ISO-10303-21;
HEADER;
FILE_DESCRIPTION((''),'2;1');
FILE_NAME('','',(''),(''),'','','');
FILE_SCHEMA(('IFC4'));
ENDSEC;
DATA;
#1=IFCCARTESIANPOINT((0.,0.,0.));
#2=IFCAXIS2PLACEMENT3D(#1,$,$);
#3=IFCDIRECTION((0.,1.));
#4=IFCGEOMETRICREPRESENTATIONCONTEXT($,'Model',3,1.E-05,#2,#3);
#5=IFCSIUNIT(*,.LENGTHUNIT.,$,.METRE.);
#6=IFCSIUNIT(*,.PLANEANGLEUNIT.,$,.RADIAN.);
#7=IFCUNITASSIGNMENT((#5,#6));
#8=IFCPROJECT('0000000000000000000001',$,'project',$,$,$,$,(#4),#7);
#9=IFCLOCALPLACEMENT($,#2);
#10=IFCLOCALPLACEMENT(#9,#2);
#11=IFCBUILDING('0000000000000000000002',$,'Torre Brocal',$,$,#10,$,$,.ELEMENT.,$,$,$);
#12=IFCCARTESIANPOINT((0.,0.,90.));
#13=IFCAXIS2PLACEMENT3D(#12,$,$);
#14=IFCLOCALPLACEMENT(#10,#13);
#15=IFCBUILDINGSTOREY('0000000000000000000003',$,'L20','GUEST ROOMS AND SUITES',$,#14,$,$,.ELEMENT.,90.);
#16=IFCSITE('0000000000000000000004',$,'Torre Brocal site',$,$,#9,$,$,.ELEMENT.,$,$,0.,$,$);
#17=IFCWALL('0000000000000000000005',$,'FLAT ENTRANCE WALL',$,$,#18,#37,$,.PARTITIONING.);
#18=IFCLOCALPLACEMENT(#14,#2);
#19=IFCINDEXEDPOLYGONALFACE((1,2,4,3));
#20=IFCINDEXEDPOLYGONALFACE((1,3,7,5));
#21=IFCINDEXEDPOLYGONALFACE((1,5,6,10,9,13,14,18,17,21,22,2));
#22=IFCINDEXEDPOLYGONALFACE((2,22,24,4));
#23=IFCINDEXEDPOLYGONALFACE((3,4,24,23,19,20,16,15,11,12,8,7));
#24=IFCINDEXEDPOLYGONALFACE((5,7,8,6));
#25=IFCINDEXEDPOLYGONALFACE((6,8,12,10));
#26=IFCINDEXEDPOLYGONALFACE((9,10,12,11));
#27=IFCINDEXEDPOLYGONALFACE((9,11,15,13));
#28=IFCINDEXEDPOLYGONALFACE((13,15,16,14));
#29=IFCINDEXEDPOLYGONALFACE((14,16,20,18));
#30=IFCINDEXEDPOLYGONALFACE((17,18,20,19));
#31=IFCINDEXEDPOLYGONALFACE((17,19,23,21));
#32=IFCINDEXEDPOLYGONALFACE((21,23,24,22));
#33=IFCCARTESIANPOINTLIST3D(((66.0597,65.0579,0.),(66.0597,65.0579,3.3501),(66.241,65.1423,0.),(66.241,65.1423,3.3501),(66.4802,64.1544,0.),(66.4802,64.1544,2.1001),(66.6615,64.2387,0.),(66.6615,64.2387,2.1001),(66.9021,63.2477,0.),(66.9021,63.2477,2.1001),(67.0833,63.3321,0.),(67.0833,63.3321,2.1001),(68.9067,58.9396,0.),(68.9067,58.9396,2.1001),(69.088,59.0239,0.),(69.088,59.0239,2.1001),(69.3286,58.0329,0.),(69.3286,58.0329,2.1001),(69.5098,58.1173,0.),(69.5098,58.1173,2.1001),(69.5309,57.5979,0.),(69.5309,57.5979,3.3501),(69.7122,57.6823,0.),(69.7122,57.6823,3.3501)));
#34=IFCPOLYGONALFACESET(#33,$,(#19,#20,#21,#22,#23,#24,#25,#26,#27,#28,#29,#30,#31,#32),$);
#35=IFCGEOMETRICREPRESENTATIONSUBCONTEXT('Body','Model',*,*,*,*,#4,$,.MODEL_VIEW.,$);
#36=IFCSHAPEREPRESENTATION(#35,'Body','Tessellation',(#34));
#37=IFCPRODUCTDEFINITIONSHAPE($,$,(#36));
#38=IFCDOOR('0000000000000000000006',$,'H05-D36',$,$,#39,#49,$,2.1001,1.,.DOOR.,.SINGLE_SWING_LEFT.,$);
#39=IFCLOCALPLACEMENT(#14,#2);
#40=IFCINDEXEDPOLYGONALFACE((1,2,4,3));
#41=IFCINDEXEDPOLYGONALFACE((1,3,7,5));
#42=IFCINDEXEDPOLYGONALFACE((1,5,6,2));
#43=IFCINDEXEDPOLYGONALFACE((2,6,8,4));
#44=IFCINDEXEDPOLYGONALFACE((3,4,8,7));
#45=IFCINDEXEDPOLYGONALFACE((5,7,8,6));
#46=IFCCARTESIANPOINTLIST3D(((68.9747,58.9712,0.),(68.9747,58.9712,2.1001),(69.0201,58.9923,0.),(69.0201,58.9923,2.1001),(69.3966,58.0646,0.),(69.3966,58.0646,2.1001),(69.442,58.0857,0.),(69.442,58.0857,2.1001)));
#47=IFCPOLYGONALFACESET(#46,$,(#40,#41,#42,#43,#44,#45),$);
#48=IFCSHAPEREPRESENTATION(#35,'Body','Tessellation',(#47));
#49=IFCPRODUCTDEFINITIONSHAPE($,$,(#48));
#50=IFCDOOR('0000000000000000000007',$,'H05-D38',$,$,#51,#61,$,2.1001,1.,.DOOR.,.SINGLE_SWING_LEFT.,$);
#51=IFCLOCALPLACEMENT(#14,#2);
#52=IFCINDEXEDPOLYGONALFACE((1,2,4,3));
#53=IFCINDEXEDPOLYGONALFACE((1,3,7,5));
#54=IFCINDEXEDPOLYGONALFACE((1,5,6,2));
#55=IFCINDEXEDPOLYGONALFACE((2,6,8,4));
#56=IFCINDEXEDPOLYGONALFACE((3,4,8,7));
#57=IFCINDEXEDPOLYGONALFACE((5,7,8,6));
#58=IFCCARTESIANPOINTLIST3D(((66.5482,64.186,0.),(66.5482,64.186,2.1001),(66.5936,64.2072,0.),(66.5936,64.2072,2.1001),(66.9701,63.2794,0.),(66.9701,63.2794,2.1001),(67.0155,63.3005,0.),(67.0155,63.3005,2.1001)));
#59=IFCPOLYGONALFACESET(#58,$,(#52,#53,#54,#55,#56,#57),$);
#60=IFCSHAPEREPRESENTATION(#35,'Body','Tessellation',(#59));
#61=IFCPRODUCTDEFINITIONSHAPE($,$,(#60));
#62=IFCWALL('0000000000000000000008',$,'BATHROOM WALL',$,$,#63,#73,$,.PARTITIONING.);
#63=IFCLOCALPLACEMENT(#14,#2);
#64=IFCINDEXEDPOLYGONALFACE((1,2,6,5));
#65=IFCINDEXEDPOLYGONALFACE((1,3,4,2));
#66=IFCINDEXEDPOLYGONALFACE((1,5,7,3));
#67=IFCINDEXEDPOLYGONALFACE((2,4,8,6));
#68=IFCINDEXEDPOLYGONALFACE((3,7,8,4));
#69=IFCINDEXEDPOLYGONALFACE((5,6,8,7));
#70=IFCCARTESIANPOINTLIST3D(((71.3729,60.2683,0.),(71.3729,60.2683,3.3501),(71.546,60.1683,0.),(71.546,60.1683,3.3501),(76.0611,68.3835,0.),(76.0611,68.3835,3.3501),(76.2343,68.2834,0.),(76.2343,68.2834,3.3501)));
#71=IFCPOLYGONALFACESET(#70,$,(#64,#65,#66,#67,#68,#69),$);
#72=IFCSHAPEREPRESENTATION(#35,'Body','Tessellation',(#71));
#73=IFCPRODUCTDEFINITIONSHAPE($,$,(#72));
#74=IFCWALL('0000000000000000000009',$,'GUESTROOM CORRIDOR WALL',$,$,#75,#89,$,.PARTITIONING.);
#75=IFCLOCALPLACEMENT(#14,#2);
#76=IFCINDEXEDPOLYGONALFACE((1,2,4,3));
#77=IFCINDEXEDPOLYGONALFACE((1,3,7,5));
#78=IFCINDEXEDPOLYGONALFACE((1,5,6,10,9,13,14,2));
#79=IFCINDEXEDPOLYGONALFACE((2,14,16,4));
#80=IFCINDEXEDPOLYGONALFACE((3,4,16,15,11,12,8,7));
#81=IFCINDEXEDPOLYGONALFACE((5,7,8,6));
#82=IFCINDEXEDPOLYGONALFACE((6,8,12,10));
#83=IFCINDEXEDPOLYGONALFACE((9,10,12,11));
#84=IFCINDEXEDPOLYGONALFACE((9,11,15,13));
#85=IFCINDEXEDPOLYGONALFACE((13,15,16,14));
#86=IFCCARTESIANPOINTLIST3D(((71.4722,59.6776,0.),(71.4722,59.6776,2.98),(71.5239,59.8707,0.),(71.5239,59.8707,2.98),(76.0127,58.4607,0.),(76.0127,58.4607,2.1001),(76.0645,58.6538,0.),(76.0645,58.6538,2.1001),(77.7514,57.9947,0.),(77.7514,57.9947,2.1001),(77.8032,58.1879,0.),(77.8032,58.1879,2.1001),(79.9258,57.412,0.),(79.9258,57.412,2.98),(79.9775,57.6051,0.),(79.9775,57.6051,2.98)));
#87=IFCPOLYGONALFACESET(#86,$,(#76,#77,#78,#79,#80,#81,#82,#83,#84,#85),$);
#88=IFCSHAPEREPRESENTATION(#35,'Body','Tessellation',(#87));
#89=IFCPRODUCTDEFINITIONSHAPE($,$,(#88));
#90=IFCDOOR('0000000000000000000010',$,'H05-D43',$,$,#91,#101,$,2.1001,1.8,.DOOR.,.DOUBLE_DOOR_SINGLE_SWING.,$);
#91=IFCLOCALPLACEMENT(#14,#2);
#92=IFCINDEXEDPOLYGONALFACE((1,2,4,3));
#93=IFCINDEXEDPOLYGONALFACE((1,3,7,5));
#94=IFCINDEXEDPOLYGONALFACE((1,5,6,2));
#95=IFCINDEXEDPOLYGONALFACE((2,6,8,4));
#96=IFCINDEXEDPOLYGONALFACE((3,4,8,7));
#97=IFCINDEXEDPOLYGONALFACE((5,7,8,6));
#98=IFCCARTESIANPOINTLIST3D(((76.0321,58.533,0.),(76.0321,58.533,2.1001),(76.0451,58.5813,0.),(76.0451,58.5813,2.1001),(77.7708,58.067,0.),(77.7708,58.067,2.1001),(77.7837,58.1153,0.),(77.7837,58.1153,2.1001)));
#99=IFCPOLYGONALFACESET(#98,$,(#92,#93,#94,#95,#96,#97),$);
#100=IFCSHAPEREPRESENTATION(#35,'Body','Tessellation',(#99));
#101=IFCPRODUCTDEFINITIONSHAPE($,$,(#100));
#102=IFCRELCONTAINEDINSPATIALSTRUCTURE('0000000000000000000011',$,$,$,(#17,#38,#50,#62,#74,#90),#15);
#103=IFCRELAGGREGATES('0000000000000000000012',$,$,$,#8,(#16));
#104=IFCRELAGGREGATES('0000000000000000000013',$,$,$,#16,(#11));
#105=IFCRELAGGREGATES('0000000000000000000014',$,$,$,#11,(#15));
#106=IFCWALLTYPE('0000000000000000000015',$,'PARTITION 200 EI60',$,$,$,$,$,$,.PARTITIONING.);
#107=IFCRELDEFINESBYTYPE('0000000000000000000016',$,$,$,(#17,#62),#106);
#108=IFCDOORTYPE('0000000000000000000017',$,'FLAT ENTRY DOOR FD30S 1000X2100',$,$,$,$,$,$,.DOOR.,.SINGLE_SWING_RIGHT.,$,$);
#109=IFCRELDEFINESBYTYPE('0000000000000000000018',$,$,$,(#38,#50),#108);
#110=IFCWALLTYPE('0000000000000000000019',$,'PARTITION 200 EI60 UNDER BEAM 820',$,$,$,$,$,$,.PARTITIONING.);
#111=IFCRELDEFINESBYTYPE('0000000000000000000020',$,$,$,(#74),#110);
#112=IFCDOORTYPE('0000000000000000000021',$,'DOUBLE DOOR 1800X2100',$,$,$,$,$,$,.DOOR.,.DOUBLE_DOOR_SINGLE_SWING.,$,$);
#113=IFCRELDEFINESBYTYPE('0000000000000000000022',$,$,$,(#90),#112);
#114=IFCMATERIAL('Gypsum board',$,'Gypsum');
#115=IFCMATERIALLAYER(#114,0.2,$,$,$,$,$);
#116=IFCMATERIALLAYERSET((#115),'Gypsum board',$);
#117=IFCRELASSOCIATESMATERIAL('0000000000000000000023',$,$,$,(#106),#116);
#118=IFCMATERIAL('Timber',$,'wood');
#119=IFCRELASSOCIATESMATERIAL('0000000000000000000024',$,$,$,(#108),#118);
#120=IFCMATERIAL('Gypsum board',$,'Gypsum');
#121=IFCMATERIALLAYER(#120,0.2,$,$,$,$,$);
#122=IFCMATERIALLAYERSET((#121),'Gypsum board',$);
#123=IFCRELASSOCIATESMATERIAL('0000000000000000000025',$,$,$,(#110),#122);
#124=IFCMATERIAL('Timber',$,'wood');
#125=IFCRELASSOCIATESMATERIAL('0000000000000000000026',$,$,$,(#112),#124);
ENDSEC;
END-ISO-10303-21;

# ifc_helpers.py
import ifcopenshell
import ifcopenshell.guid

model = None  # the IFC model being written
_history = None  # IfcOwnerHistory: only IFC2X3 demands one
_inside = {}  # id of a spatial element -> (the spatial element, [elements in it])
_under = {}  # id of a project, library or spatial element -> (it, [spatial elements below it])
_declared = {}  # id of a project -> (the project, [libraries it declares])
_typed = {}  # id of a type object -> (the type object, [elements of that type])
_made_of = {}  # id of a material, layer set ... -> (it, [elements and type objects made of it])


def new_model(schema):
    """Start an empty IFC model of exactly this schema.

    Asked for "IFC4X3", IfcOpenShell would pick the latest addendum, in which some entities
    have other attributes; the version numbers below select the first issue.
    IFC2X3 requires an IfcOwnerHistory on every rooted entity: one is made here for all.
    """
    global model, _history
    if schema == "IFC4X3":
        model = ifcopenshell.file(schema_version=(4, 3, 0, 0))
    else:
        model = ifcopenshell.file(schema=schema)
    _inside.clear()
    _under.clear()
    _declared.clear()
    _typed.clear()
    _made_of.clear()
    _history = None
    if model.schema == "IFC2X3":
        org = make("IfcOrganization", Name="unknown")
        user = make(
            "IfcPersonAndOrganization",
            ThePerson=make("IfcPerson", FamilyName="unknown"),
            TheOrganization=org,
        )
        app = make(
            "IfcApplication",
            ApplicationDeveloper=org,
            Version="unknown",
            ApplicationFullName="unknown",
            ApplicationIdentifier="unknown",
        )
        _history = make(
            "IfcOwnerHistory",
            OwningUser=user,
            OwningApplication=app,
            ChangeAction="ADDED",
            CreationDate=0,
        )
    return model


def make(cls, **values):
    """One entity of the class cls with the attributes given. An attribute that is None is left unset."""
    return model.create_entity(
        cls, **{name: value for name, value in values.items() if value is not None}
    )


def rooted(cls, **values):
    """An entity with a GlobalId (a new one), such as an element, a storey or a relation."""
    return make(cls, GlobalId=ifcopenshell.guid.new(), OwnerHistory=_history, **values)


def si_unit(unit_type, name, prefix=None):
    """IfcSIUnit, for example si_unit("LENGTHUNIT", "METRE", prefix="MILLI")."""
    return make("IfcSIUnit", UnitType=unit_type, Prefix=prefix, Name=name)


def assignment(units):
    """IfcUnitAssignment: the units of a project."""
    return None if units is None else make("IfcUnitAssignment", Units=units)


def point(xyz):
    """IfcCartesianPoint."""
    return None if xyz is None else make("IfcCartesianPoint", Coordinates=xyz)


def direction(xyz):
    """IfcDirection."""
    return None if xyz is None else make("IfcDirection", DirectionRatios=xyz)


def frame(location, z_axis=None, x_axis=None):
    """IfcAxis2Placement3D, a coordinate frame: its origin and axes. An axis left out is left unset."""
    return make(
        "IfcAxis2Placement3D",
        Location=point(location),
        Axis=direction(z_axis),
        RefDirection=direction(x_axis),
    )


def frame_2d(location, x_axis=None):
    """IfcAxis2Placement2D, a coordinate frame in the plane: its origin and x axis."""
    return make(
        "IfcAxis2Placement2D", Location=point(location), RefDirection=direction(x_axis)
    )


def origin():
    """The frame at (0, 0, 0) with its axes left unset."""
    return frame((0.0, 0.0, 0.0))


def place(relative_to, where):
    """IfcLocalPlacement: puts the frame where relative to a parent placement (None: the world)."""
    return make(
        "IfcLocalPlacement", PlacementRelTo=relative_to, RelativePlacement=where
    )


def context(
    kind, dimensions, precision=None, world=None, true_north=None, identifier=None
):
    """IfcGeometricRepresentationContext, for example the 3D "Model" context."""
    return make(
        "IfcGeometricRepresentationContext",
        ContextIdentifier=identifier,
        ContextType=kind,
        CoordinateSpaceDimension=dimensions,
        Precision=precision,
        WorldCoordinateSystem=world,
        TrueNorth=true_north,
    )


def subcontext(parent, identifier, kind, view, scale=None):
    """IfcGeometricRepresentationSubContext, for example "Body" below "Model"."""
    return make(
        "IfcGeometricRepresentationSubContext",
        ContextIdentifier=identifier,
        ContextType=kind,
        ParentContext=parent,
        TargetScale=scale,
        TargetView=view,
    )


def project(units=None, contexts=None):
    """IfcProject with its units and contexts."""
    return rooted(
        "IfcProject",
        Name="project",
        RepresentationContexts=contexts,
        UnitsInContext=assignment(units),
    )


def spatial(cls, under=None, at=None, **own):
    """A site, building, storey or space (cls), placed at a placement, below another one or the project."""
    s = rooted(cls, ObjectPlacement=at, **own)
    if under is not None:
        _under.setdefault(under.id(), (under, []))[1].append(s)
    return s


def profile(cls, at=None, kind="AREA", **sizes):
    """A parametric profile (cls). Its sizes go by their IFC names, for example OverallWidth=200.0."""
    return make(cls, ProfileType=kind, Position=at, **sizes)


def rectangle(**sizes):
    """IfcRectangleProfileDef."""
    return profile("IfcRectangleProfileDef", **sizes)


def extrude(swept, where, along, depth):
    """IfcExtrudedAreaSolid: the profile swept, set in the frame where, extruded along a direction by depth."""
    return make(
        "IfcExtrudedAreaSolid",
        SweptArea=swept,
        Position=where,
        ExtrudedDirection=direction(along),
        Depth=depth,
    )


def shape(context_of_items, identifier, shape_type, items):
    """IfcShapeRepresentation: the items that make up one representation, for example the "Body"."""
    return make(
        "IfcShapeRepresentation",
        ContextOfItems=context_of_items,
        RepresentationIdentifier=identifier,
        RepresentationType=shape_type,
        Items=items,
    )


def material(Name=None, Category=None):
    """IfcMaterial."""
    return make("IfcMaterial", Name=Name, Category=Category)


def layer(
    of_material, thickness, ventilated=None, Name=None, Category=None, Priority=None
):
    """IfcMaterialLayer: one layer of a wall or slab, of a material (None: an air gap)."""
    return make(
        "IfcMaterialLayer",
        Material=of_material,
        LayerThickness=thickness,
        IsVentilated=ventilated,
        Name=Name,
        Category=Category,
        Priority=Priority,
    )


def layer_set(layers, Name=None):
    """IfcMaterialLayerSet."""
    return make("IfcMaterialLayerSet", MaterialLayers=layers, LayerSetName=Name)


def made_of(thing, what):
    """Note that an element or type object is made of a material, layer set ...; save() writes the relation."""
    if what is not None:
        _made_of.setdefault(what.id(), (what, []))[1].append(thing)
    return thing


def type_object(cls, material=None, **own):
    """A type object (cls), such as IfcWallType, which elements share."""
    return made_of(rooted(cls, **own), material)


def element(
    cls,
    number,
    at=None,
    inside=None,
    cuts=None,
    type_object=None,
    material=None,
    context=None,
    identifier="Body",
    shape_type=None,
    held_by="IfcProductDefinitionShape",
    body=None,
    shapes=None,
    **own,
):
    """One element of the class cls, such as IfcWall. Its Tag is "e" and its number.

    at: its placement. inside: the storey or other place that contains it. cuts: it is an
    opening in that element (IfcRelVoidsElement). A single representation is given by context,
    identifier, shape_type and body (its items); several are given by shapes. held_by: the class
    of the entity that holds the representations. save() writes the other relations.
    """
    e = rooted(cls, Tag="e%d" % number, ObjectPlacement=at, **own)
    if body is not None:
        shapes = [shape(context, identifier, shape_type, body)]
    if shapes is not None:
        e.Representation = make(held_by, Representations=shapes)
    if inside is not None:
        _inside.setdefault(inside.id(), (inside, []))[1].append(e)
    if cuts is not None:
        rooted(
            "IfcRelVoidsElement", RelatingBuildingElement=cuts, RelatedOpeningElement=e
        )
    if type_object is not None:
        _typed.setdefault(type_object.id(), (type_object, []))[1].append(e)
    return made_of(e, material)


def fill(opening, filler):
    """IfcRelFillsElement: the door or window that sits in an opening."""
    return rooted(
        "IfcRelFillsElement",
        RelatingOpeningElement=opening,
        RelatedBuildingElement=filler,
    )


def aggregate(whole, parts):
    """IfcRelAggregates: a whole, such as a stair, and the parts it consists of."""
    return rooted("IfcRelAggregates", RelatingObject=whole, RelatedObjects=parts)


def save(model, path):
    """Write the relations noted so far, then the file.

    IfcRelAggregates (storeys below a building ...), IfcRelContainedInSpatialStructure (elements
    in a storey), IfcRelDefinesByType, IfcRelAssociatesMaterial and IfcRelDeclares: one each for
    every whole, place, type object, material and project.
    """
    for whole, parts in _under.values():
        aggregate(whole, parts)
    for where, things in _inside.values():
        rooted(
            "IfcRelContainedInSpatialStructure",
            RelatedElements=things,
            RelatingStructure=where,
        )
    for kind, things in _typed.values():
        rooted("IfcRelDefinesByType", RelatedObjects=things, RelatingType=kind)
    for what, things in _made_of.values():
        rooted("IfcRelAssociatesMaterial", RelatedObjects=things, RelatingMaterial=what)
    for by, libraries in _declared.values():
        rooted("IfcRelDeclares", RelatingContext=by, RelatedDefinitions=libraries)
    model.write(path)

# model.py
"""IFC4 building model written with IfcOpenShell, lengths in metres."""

from ifc_helpers import new_model, si_unit, direction, frame, frame_2d, origin, place, context, subcontext, project, spatial, rectangle, extrude, material, layer, layer_set, type_object, element, fill, save


model = new_model("IFC4")

# Units and contexts
model_context = context("Model", 3, precision=1e-05, world=origin(), true_north=direction((0.0, 1.0)))
body_context = subcontext(model_context, "Body", "Model", "MODEL_VIEW")
ifc_project = project(units=[si_unit("LENGTHUNIT", "METRE"), si_unit("PLANEANGLEUNIT", "RADIAN")], contexts=[model_context])

# Site, building, storey
site_placement = place(None, origin())
site = spatial("IfcSite", under=ifc_project, at=site_placement, Name="Torre Brocal site", CompositionType="ELEMENT", RefElevation=0.0)
building_placement = place(site_placement, origin())
building = spatial("IfcBuilding", under=site, at=building_placement, Name="Torre Brocal", CompositionType="ELEMENT")
storey_placement = place(building_placement, frame((0.0, 0.0, 90.0)))
storey = spatial("IfcBuildingStorey", under=building, at=storey_placement, Name="L20", Description="GUEST ROOMS AND SUITES", CompositionType="ELEMENT", Elevation=90.0)

# Wall, openings, doors
ifc_material_1 = material(Name="Gypsum board", Category="Gypsum")
ifc_layer_1 = layer(ifc_material_1, 0.2)
ifc_layer_set_1 = layer_set([ifc_layer_1], Name="Gypsum board")
wall_type_1 = type_object("IfcWallType", Name="PARTITION 200 EI60", PredefinedType="PARTITIONING", material=ifc_layer_set_1)
wall_1_placement = place(storey_placement, frame((66.1504, 65.1001, 0.0), z_axis=(0.0, 0.0, 1.0), x_axis=(0.421875, -0.906654, 0.0)))
wall_1 = element("IfcWall", 1, at=wall_1_placement, inside=storey, type_object=wall_type_1, Name="FLAT ENTRANCE WALL", PredefinedType="PARTITIONING", context=body_context, shape_type="SweptSolid", body=[
    extrude(rectangle(XDim=8.228, YDim=0.2, at=frame_2d((4.114, 0.0))), origin(), (0.0, 0.0, 1.0), 3.3501),
])
opening_1_placement = place(wall_1_placement, frame((6.7483, 0.0, 0.0)))
opening_1 = element("IfcOpeningElement", 2, at=opening_1_placement, cuts=wall_1, PredefinedType="OPENING", context=body_context, shape_type="SweptSolid", body=[
    extrude(rectangle(XDim=1.0, YDim=2.1001, at=frame_2d((0.5, 1.05))), frame((0.0, 0.1099, 0.0), z_axis=(0.0, -1.0, 0.0), x_axis=(1.0, 0.0, 0.0)), (0.0, 0.0, 1.0), 0.22),
])
opening_2_placement = place(wall_1_placement, frame((0.9966, 0.0, 0.0)))
opening_2 = element("IfcOpeningElement", 3, at=opening_2_placement, cuts=wall_1, PredefinedType="OPENING", context=body_context, shape_type="SweptSolid", body=[
    extrude(rectangle(XDim=1.0, YDim=2.1001, at=frame_2d((0.5, 1.05))), frame((0.0, 0.1099, 0.0), z_axis=(0.0, -1.0, 0.0), x_axis=(1.0, 0.0, 0.0)), (0.0, 0.0, 1.0), 0.22),
])
ifc_material_2 = material(Name="Timber", Category="wood")
door_type_1 = type_object("IfcDoorType", Name="FLAT ENTRY DOOR FD30S 1000X2100", OperationType="SINGLE_SWING_RIGHT", PredefinedType="DOOR", material=ifc_material_2)
door_1_placement = place(opening_1_placement, frame((1.0, 0.0, 0.0), z_axis=(0.0, 0.0, 1.0), x_axis=(-1.0, 0.0, 0.0)))
door_1 = element("IfcDoor", 4, at=door_1_placement, inside=storey, type_object=door_type_1, Name="H05-D36", OperationType="SINGLE_SWING_LEFT", OverallHeight=2.1001, OverallWidth=1.0, PredefinedType="DOOR", context=body_context, shape_type="SweptSolid", body=[
    extrude(rectangle(XDim=1.0, YDim=2.1001, at=frame_2d((0.5, 1.05))), frame((0.0, 0.0249, 0.0), z_axis=(0.0, -1.0, 0.0), x_axis=(1.0, 0.0, 0.0)), (0.0, 0.0, 1.0), 0.05),
])
fill(opening_1, door_1)
door_2_placement = place(opening_2_placement, frame((1.0, 0.0, 0.0), z_axis=(0.0, 0.0, 1.0), x_axis=(-1.0, 0.0, 0.0)))
door_2 = element("IfcDoor", 5, at=door_2_placement, inside=storey, type_object=door_type_1, Name="H05-D38", OperationType="SINGLE_SWING_LEFT", OverallHeight=2.1001, OverallWidth=1.0, PredefinedType="DOOR", context=body_context, shape_type="SweptSolid", body=[
    extrude(rectangle(XDim=1.0, YDim=2.1001, at=frame_2d((0.5, 1.05))), frame((0.0, 0.0249, 0.0), z_axis=(0.0, -1.0, 0.0), x_axis=(1.0, 0.0, 0.0)), (0.0, 0.0, 1.0), 0.05),
])
fill(opening_2, door_2)

# Wall
wall_2_placement = place(storey_placement, frame((71.4595, 60.2183, 0.0), z_axis=(0.0, 0.0, 1.0), x_axis=(0.500232, 0.865891, 0.0)))
element("IfcWall", 6, at=wall_2_placement, inside=storey, type_object=wall_type_1, Name="BATHROOM WALL", PredefinedType="PARTITIONING", context=body_context, shape_type="SweptSolid", body=[
    extrude(rectangle(XDim=9.3721, YDim=0.2, at=frame_2d((4.686, 0.0))), origin(), (0.0, 0.0, 1.0), 3.3501),
])

# Wall, opening, door
ifc_material_3 = material(Name="Gypsum board", Category="Gypsum")
ifc_layer_2 = layer(ifc_material_3, 0.2)
ifc_layer_set_2 = layer_set([ifc_layer_2], Name="Gypsum board")
wall_type_2 = type_object("IfcWallType", Name="PARTITION 200 EI60 UNDER BEAM 820", PredefinedType="PARTITIONING", material=ifc_layer_set_2)
wall_3_placement = place(storey_placement, frame((71.498, 59.7742, 0.0), z_axis=(0.0, 0.0, 1.0), x_axis=(0.965912, -0.258871, 0.0)))
wall_3 = element("IfcWall", 7, at=wall_3_placement, inside=storey, type_object=wall_type_2, Name="GUESTROOM CORRIDOR WALL", PredefinedType="PARTITIONING", context=body_context, shape_type="SweptSolid", body=[
    extrude(rectangle(XDim=8.752, YDim=0.2, at=frame_2d((4.376, 0.0))), origin(), (0.0, 0.0, 1.0), 2.98),
])
opening_3_placement = place(wall_3_placement, frame((4.7009, 0.0, 0.0)))
opening_3 = element("IfcOpeningElement", 8, at=opening_3_placement, cuts=wall_3, PredefinedType="OPENING", context=body_context, shape_type="SweptSolid", body=[
    extrude(rectangle(XDim=1.8, YDim=2.1001, at=frame_2d((0.8999, 1.05))), frame((0.0, 0.1099, 0.0), z_axis=(0.0, -1.0, 0.0), x_axis=(1.0, 0.0, 0.0)), (0.0, 0.0, 1.0), 0.22),
])
ifc_material_4 = material(Name="Timber", Category="wood")
door_type_2 = type_object("IfcDoorType", Name="DOUBLE DOOR 1800X2100", OperationType="DOUBLE_DOOR_SINGLE_SWING", PredefinedType="DOOR", material=ifc_material_4)
door_3_placement = place(opening_3_placement, origin())
door_3 = element("IfcDoor", 9, at=door_3_placement, inside=storey, type_object=door_type_2, Name="H05-D43", OperationType="DOUBLE_DOOR_SINGLE_SWING", OverallHeight=2.1001, OverallWidth=1.8, PredefinedType="DOOR", context=body_context, shape_type="SweptSolid", body=[
    extrude(rectangle(XDim=1.8, YDim=2.1001, at=frame_2d((0.8999, 1.05))), frame((0.0, 0.0249, 0.0), z_axis=(0.0, -1.0, 0.0), x_axis=(1.0, 0.0, 0.0)), (0.0, 0.0, 1.0), 0.05),
])
fill(opening_3, door_3)

save(model, "model.ifc")
